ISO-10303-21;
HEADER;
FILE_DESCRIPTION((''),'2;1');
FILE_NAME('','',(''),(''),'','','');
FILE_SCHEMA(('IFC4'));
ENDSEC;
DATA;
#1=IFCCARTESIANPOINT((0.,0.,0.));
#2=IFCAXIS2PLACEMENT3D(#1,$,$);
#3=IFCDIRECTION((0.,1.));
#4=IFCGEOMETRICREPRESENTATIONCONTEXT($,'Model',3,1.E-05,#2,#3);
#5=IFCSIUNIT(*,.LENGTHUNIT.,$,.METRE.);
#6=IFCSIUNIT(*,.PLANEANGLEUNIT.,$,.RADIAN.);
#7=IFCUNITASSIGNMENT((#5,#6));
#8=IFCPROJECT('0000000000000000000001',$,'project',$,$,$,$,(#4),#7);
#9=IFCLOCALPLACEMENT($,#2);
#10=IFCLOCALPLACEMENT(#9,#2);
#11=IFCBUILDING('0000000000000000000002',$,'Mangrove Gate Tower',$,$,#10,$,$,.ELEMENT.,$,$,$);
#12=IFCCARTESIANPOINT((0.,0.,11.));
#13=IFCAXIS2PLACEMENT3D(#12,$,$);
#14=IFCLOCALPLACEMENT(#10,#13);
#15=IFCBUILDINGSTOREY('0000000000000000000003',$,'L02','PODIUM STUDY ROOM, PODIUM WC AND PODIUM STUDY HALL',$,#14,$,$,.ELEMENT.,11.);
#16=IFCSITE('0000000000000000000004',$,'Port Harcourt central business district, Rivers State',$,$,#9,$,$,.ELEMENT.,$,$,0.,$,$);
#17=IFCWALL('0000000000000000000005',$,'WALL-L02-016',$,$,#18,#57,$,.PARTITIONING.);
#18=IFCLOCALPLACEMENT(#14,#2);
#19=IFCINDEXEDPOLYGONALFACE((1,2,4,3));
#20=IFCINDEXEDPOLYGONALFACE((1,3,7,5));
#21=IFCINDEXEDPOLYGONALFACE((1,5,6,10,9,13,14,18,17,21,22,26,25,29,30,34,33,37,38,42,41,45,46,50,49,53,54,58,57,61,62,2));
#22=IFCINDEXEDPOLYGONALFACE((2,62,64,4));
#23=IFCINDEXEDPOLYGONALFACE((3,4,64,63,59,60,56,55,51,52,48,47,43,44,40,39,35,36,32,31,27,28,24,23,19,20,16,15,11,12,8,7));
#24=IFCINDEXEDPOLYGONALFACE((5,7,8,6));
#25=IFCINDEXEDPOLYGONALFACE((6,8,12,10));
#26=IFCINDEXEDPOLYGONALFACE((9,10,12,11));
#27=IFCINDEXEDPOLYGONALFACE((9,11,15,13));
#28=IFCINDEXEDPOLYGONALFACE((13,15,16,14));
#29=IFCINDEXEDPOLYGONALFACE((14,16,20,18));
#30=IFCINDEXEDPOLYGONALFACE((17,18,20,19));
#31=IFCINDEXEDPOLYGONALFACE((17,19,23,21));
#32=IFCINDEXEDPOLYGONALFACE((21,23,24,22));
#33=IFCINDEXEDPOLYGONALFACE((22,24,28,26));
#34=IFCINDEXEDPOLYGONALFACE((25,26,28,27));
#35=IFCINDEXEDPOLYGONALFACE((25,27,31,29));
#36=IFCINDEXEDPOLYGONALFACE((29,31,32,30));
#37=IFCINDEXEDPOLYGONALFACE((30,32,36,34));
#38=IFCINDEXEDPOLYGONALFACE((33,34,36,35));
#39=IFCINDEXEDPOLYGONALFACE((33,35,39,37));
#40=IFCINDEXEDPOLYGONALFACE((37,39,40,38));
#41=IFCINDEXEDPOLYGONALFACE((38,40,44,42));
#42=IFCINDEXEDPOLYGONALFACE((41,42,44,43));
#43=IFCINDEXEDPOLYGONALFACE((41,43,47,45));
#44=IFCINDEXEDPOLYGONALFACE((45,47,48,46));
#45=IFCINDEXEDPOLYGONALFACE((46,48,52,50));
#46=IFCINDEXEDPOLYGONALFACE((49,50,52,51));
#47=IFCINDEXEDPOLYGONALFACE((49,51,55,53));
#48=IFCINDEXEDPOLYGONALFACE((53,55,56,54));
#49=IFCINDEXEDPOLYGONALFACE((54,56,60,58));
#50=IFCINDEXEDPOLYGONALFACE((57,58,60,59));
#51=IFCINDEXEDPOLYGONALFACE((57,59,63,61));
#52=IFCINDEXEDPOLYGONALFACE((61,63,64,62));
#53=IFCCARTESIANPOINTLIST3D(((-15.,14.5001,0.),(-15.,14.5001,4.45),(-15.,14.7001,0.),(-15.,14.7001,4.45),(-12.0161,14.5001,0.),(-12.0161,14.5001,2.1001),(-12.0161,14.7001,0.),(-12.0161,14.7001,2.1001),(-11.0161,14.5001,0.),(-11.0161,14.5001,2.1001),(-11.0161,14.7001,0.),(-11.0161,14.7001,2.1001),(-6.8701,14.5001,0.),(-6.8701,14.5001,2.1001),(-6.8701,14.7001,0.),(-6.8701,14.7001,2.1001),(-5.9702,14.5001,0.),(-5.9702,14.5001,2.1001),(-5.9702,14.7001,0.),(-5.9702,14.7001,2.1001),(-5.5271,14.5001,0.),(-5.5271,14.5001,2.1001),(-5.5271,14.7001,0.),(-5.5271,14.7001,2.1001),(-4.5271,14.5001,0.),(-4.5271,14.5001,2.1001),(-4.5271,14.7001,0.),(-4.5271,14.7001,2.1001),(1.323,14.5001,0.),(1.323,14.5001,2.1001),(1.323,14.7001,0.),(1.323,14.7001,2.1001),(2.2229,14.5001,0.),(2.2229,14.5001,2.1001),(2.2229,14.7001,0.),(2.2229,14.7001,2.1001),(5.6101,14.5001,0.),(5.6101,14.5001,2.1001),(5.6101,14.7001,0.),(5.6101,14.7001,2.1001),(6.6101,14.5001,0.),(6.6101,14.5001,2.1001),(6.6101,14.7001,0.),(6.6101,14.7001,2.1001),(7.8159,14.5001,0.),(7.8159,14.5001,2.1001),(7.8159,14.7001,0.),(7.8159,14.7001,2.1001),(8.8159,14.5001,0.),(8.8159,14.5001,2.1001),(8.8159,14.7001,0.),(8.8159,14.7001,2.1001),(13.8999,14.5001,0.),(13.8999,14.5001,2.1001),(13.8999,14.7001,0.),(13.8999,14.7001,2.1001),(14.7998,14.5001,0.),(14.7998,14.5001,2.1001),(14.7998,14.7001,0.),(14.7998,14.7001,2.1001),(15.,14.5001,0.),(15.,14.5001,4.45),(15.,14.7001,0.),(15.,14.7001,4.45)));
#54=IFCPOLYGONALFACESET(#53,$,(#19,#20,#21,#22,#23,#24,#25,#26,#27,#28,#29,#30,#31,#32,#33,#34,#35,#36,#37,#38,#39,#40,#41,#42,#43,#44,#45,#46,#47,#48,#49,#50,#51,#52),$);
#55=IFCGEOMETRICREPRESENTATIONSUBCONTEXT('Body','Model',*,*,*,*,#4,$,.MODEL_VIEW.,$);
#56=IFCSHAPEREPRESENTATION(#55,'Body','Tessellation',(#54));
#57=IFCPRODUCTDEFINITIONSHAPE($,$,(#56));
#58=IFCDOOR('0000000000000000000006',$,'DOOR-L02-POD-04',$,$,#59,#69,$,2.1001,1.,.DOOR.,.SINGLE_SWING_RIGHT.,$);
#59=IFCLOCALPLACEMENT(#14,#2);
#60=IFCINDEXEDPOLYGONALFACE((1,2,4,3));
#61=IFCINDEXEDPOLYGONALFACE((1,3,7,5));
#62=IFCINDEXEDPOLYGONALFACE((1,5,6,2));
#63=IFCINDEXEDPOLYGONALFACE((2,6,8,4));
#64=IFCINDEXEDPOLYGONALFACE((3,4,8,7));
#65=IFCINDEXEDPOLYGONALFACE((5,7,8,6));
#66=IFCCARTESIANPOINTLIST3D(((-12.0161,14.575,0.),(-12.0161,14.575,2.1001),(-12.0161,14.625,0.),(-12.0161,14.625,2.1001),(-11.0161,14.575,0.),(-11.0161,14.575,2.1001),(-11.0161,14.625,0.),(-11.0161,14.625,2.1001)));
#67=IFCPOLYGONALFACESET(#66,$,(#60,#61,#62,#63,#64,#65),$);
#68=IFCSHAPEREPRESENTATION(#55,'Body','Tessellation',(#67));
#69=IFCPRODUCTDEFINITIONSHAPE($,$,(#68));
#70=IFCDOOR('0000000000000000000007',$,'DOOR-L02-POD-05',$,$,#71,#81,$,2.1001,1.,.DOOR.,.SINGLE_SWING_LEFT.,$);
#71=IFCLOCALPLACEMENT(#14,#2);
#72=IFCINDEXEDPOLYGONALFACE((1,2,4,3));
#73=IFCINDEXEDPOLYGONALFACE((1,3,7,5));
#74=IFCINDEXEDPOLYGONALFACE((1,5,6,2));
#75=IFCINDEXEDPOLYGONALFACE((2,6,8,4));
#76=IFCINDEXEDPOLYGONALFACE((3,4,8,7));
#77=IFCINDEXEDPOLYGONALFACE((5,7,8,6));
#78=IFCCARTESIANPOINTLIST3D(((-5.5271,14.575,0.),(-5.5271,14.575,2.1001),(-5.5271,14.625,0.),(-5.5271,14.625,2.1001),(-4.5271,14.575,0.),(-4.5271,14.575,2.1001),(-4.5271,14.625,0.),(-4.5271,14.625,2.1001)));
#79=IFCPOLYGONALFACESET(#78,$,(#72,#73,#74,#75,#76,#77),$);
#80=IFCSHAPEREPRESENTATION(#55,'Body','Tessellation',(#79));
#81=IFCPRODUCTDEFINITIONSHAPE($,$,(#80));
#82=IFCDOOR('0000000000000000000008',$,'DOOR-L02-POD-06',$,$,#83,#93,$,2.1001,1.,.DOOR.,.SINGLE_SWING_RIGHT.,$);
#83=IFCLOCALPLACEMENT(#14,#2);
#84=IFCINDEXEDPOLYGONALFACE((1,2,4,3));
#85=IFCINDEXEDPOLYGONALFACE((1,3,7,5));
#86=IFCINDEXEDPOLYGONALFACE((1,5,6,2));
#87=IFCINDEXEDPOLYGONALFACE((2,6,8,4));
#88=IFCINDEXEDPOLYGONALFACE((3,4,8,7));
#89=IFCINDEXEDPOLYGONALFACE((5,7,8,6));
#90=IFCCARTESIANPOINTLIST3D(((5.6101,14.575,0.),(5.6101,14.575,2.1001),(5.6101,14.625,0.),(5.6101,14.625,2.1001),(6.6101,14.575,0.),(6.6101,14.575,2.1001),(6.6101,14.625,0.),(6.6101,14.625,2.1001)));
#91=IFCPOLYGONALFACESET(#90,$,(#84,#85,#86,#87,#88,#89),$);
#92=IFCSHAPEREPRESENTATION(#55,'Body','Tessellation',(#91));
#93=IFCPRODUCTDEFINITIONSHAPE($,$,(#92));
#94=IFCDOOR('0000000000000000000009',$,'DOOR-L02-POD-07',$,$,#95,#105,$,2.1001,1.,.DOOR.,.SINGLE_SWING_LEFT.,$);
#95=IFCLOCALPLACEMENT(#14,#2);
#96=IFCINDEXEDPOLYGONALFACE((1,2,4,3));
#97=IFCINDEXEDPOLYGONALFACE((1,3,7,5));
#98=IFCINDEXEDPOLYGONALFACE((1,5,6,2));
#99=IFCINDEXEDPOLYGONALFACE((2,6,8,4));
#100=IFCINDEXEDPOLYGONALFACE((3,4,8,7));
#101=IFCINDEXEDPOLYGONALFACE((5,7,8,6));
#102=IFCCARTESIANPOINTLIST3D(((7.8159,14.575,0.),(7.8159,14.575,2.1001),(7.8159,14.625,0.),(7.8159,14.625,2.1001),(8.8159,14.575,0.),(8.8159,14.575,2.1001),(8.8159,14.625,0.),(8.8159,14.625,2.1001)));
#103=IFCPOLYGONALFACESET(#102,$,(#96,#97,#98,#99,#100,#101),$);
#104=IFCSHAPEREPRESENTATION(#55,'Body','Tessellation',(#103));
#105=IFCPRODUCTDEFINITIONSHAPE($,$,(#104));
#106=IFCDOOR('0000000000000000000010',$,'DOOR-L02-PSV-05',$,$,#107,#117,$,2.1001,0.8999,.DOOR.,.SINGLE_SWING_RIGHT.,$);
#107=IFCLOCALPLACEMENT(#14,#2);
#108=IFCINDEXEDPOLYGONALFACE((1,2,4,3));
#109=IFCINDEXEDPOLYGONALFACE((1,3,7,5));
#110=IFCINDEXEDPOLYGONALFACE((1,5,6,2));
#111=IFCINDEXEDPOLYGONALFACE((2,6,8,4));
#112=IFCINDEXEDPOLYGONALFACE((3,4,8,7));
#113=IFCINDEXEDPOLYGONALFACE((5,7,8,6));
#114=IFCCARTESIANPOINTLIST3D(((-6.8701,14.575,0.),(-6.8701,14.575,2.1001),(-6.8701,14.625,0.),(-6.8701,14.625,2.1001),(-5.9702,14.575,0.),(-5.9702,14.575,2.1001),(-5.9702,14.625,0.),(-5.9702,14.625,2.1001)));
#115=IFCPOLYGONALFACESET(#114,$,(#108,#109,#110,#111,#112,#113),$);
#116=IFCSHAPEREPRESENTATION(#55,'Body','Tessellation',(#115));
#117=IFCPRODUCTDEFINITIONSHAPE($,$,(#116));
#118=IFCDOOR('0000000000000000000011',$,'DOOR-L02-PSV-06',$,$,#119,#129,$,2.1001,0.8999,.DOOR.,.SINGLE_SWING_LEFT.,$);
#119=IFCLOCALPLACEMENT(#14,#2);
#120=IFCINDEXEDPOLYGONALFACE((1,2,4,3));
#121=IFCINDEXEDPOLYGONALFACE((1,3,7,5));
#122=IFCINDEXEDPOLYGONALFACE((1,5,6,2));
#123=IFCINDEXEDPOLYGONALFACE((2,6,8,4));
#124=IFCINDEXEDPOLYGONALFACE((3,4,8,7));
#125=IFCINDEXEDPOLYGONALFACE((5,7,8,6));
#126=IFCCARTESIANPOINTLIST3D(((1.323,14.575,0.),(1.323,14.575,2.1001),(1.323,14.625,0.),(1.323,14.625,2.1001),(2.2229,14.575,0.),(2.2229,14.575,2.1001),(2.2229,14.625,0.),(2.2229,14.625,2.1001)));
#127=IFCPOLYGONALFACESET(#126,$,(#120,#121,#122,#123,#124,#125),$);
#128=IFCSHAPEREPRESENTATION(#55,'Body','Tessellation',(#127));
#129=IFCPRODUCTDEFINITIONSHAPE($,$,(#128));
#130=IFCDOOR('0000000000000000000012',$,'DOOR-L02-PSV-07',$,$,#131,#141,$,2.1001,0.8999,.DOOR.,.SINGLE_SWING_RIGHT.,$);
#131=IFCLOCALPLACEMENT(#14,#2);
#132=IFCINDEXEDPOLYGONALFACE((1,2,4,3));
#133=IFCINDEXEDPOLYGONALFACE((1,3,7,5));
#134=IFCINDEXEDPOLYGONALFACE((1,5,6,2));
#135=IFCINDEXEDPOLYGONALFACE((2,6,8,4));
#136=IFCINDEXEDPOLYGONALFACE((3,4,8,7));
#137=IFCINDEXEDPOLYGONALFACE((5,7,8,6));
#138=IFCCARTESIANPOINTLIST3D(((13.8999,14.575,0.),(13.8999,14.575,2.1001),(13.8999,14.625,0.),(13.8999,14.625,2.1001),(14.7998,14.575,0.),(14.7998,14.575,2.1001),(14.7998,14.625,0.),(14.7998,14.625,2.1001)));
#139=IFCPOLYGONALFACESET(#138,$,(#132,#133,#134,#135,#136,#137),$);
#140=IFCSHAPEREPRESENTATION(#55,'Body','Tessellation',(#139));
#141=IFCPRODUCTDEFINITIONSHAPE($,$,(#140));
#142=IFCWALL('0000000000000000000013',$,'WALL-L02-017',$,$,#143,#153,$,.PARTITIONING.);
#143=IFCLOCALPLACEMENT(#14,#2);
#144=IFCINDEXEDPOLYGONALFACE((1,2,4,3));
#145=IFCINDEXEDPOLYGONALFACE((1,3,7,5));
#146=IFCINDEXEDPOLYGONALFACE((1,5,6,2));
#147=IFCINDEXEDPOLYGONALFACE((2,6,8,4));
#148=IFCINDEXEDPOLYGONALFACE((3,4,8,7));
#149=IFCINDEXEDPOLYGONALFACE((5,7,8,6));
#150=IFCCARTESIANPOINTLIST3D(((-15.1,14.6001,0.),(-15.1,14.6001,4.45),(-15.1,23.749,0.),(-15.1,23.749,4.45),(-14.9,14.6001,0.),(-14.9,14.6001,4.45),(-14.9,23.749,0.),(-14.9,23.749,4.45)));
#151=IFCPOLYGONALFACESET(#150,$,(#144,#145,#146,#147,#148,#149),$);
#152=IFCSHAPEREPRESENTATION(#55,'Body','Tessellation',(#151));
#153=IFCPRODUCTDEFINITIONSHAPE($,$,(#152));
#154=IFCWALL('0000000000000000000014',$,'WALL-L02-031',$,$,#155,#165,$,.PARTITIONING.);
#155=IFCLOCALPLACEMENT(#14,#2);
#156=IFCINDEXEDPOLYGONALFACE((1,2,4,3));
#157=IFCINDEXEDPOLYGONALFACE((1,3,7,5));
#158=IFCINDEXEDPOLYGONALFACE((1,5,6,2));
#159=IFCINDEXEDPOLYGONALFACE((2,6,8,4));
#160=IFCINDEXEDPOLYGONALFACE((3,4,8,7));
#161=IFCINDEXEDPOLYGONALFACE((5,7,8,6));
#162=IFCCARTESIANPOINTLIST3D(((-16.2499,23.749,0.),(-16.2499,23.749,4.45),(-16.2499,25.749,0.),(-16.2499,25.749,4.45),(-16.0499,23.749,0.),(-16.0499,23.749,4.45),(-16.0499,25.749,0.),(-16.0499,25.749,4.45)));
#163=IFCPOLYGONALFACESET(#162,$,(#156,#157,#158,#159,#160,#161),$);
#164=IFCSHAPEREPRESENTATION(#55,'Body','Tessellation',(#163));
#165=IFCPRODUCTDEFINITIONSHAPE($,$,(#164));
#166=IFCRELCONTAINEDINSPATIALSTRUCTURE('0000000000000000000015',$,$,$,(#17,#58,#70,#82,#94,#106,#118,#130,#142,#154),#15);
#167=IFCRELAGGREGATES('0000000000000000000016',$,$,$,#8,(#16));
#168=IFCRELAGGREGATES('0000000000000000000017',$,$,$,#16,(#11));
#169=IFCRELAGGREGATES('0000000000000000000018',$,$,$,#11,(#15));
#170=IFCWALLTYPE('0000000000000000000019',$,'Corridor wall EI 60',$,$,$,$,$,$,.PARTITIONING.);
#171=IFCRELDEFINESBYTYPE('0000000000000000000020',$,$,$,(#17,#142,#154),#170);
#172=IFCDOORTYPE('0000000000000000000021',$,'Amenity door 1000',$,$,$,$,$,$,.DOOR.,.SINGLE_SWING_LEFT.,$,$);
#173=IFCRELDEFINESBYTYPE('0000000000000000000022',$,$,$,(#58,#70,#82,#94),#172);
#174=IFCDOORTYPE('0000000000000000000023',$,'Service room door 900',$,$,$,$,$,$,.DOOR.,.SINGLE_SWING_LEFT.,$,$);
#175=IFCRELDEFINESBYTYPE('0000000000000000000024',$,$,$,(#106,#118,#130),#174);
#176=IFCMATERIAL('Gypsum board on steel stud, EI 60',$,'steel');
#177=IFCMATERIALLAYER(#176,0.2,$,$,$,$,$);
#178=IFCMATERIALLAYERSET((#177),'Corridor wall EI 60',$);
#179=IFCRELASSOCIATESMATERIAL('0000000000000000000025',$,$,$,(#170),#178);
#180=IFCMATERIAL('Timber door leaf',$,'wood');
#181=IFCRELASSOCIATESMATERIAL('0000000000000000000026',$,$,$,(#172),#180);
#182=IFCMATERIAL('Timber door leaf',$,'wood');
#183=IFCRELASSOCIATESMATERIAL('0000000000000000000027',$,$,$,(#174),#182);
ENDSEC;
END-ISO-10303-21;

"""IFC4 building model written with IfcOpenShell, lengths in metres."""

from ifc_helpers import new_model, si_unit, direction, frame, frame_2d, origin, place, context, subcontext, project, spatial, rectangle, extrude, material, layer, layer_set, type_object, element, fill, save


model = new_model("IFC4")

# Units and contexts
model_context = context("Model", 3, precision=1e-05, world=origin(), true_north=direction((0.0, 1.0)))
body_context = subcontext(model_context, "Body", "Model", "MODEL_VIEW")
ifc_project = project(units=[si_unit("LENGTHUNIT", "METRE"), si_unit("PLANEANGLEUNIT", "RADIAN")], contexts=[model_context])

# Site, building, storey
site_placement = place(None, origin())
site = spatial("IfcSite", under=ifc_project, at=site_placement, Name="Port Harcourt central business district, Rivers State", CompositionType="ELEMENT", RefElevation=0.0)
building_placement = place(site_placement, origin())
building = spatial("IfcBuilding", under=site, at=building_placement, Name="Mangrove Gate Tower", CompositionType="ELEMENT")
storey_placement = place(building_placement, frame((0.0, 0.0, 11.0)))
storey = spatial("IfcBuildingStorey", under=building, at=storey_placement, Name="L02", Description="PODIUM STUDY ROOM, PODIUM WC AND PODIUM STUDY HALL", CompositionType="ELEMENT", Elevation=11.0)

# Wall, openings, doors
ifc_material_1 = material(Name="Gypsum board on steel stud, EI 60", Category="steel")
ifc_layer_1 = layer(ifc_material_1, 0.2)
ifc_layer_set_1 = layer_set([ifc_layer_1], Name="Corridor wall EI 60")
wall_type_1 = type_object("IfcWallType", Name="Corridor wall EI 60", PredefinedType="PARTITIONING", material=ifc_layer_set_1)
wall_1_placement = place(storey_placement, frame((-15.0, 14.6001, 0.0), z_axis=(0.0, 0.0, 1.0), x_axis=(1.0, 0.0, 0.0)))
wall_1 = element("IfcWall", 1, at=wall_1_placement, inside=storey, type_object=wall_type_1, Name="WALL-L02-016", PredefinedType="PARTITIONING", context=body_context, shape_type="SweptSolid", body=[
    extrude(rectangle(XDim=30.0, YDim=0.2, at=frame_2d((15.0, 0.0))), origin(), (0.0, 0.0, 1.0), 4.45),
])
opening_1_placement = place(wall_1_placement, frame((2.9839, 0.0, 0.0)))
opening_1 = element("IfcOpeningElement", 2, at=opening_1_placement, cuts=wall_1, PredefinedType="OPENING", context=body_context, shape_type="SweptSolid", body=[
    extrude(rectangle(XDim=1.0, YDim=2.1001, at=frame_2d((0.5, 1.05))), frame((0.0, 0.1099, 0.0), z_axis=(0.0, -1.0, 0.0), x_axis=(1.0, 0.0, 0.0)), (0.0, 0.0, 1.0), 0.22),
])
opening_2_placement = place(wall_1_placement, frame((9.4729, 0.0, 0.0)))
opening_2 = element("IfcOpeningElement", 3, at=opening_2_placement, cuts=wall_1, PredefinedType="OPENING", context=body_context, shape_type="SweptSolid", body=[
    extrude(rectangle(XDim=1.0, YDim=2.1001, at=frame_2d((0.5, 1.05))), frame((0.0, 0.1099, 0.0), z_axis=(0.0, -1.0, 0.0), x_axis=(1.0, 0.0, 0.0)), (0.0, 0.0, 1.0), 0.22),
])
opening_3_placement = place(wall_1_placement, frame((8.1299, 0.0, 0.0)))
opening_3 = element("IfcOpeningElement", 4, at=opening_3_placement, cuts=wall_1, PredefinedType="OPENING", context=body_context, shape_type="SweptSolid", body=[
    extrude(rectangle(XDim=0.8999, YDim=2.1001, at=frame_2d((0.45, 1.05))), frame((0.0, 0.1099, 0.0), z_axis=(0.0, -1.0, 0.0), x_axis=(1.0, 0.0, 0.0)), (0.0, 0.0, 1.0), 0.22),
])
opening_4_placement = place(wall_1_placement, frame((20.6101, 0.0, 0.0)))
opening_4 = element("IfcOpeningElement", 5, at=opening_4_placement, cuts=wall_1, PredefinedType="OPENING", context=body_context, shape_type="SweptSolid", body=[
    extrude(rectangle(XDim=1.0, YDim=2.1001, at=frame_2d((0.5, 1.05))), frame((0.0, 0.1099, 0.0), z_axis=(0.0, -1.0, 0.0), x_axis=(1.0, 0.0, 0.0)), (0.0, 0.0, 1.0), 0.22),
])
opening_5_placement = place(wall_1_placement, frame((16.323, 0.0, 0.0)))
opening_5 = element("IfcOpeningElement", 6, at=opening_5_placement, cuts=wall_1, PredefinedType="OPENING", context=body_context, shape_type="SweptSolid", body=[
    extrude(rectangle(XDim=0.8999, YDim=2.1001, at=frame_2d((0.45, 1.05))), frame((0.0, 0.1099, 0.0), z_axis=(0.0, -1.0, 0.0), x_axis=(1.0, 0.0, 0.0)), (0.0, 0.0, 1.0), 0.22),
])
opening_6_placement = place(wall_1_placement, frame((22.8159, 0.0, 0.0)))
opening_6 = element("IfcOpeningElement", 7, at=opening_6_placement, cuts=wall_1, PredefinedType="OPENING", context=body_context, shape_type="SweptSolid", body=[
    extrude(rectangle(XDim=1.0, YDim=2.1001, at=frame_2d((0.5, 1.05))), frame((0.0, 0.1099, 0.0), z_axis=(0.0, -1.0, 0.0), x_axis=(1.0, 0.0, 0.0)), (0.0, 0.0, 1.0), 0.22),
])
opening_7_placement = place(wall_1_placement, frame((28.8999, 0.0, 0.0)))
opening_7 = element("IfcOpeningElement", 8, at=opening_7_placement, cuts=wall_1, PredefinedType="OPENING", context=body_context, shape_type="SweptSolid", body=[
    extrude(rectangle(XDim=0.8999, YDim=2.1001, at=frame_2d((0.45, 1.05))), frame((0.0, 0.1099, 0.0), z_axis=(0.0, -1.0, 0.0), x_axis=(1.0, 0.0, 0.0)), (0.0, 0.0, 1.0), 0.22),
])
ifc_material_2 = material(Name="Timber door leaf", Category="wood")
door_type_1 = type_object("IfcDoorType", Name="Amenity door 1000", OperationType="SINGLE_SWING_LEFT", PredefinedType="DOOR", material=ifc_material_2)
door_1_placement = place(opening_1_placement, origin())
door_1 = element("IfcDoor", 9, at=door_1_placement, inside=storey, type_object=door_type_1, Name="DOOR-L02-POD-04", OperationType="SINGLE_SWING_RIGHT", OverallHeight=2.1001, OverallWidth=1.0, PredefinedType="DOOR", context=body_context, shape_type="SweptSolid", body=[
    extrude(rectangle(XDim=1.0, YDim=2.1001, at=frame_2d((0.5, 1.05))), frame((0.0, 0.0249, 0.0), z_axis=(0.0, -1.0, 0.0), x_axis=(1.0, 0.0, 0.0)), (0.0, 0.0, 1.0), 0.05),
])
fill(opening_1, door_1)
door_2_placement = place(opening_2_placement, origin())
door_2 = element("IfcDoor", 10, at=door_2_placement, inside=storey, type_object=door_type_1, Name="DOOR-L02-POD-05", OperationType="SINGLE_SWING_LEFT", OverallHeight=2.1001, OverallWidth=1.0, PredefinedType="DOOR", context=body_context, shape_type="SweptSolid", body=[
    extrude(rectangle(XDim=1.0, YDim=2.1001, at=frame_2d((0.5, 1.05))), frame((0.0, 0.0249, 0.0), z_axis=(0.0, -1.0, 0.0), x_axis=(1.0, 0.0, 0.0)), (0.0, 0.0, 1.0), 0.05),
])
fill(opening_2, door_2)
door_3_placement = place(opening_4_placement, origin())
door_3 = element("IfcDoor", 11, at=door_3_placement, inside=storey, type_object=door_type_1, Name="DOOR-L02-POD-06", OperationType="SINGLE_SWING_RIGHT", OverallHeight=2.1001, OverallWidth=1.0, PredefinedType="DOOR", context=body_context, shape_type="SweptSolid", body=[
    extrude(rectangle(XDim=1.0, YDim=2.1001, at=frame_2d((0.5, 1.05))), frame((0.0, 0.0249, 0.0), z_axis=(0.0, -1.0, 0.0), x_axis=(1.0, 0.0, 0.0)), (0.0, 0.0, 1.0), 0.05),
])
fill(opening_4, door_3)
door_4_placement = place(opening_6_placement, origin())
door_4 = element("IfcDoor", 12, at=door_4_placement, inside=storey, type_object=door_type_1, Name="DOOR-L02-POD-07", OperationType="SINGLE_SWING_LEFT", OverallHeight=2.1001, OverallWidth=1.0, PredefinedType="DOOR", context=body_context, shape_type="SweptSolid", body=[
    extrude(rectangle(XDim=1.0, YDim=2.1001, at=frame_2d((0.5, 1.05))), frame((0.0, 0.0249, 0.0), z_axis=(0.0, -1.0, 0.0), x_axis=(1.0, 0.0, 0.0)), (0.0, 0.0, 1.0), 0.05),
])
fill(opening_6, door_4)
ifc_material_3 = material(Name="Timber door leaf", Category="wood")
door_type_2 = type_object("IfcDoorType", Name="Service room door 900", OperationType="SINGLE_SWING_LEFT", PredefinedType="DOOR", material=ifc_material_3)
door_5_placement = place(opening_3_placement, origin())
door_5 = element("IfcDoor", 13, at=door_5_placement, inside=storey, type_object=door_type_2, Name="DOOR-L02-PSV-05", OperationType="SINGLE_SWING_RIGHT", OverallHeight=2.1001, OverallWidth=0.8999, PredefinedType="DOOR", context=body_context, shape_type="SweptSolid", body=[
    extrude(rectangle(XDim=0.8999, YDim=2.1001, at=frame_2d((0.45, 1.05))), frame((0.0, 0.0249, 0.0), z_axis=(0.0, -1.0, 0.0), x_axis=(1.0, 0.0, 0.0)), (0.0, 0.0, 1.0), 0.05),
])
fill(opening_3, door_5)
door_6_placement = place(opening_5_placement, origin())
door_6 = element("IfcDoor", 14, at=door_6_placement, inside=storey, type_object=door_type_2, Name="DOOR-L02-PSV-06", OperationType="SINGLE_SWING_LEFT", OverallHeight=2.1001, OverallWidth=0.8999, PredefinedType="DOOR", context=body_context, shape_type="SweptSolid", body=[
    extrude(rectangle(XDim=0.8999, YDim=2.1001, at=frame_2d((0.45, 1.05))), frame((0.0, 0.0249, 0.0), z_axis=(0.0, -1.0, 0.0), x_axis=(1.0, 0.0, 0.0)), (0.0, 0.0, 1.0), 0.05),
])
fill(opening_5, door_6)
door_7_placement = place(opening_7_placement, origin())
door_7 = element("IfcDoor", 15, at=door_7_placement, inside=storey, type_object=door_type_2, Name="DOOR-L02-PSV-07", OperationType="SINGLE_SWING_RIGHT", OverallHeight=2.1001, OverallWidth=0.8999, PredefinedType="DOOR", context=body_context, shape_type="SweptSolid", body=[
    extrude(rectangle(XDim=0.8999, YDim=2.1001, at=frame_2d((0.45, 1.05))), frame((0.0, 0.0249, 0.0), z_axis=(0.0, -1.0, 0.0), x_axis=(1.0, 0.0, 0.0)), (0.0, 0.0, 1.0), 0.05),
])
fill(opening_7, door_7)

# Walls
wall_2_placement = place(storey_placement, frame((-15.0, 14.6001, 0.0), z_axis=(0.0, 0.0, 1.0), x_axis=(0.0, 1.0, 0.0)))
element("IfcWall", 16, at=wall_2_placement, inside=storey, type_object=wall_type_1, Name="WALL-L02-017", PredefinedType="PARTITIONING", context=body_context, shape_type="SweptSolid", body=[
    extrude(rectangle(XDim=9.1489, YDim=0.2, at=frame_2d((4.5745, 0.0))), origin(), (0.0, 0.0, 1.0), 4.45),
])
wall_3_placement = place(storey_placement, frame((-16.1499, 23.749, 0.0), z_axis=(0.0, 0.0, 1.0), x_axis=(0.0, 1.0, 0.0)))
element("IfcWall", 17, at=wall_3_placement, inside=storey, type_object=wall_type_1, Name="WALL-L02-031", PredefinedType="PARTITIONING", context=body_context, shape_type="SweptSolid", body=[
    extrude(rectangle(XDim=2.0, YDim=0.2, at=frame_2d((1.0, 0.0))), origin(), (0.0, 0.0, 1.0), 4.45),
])

save(model, "model.ifc")
